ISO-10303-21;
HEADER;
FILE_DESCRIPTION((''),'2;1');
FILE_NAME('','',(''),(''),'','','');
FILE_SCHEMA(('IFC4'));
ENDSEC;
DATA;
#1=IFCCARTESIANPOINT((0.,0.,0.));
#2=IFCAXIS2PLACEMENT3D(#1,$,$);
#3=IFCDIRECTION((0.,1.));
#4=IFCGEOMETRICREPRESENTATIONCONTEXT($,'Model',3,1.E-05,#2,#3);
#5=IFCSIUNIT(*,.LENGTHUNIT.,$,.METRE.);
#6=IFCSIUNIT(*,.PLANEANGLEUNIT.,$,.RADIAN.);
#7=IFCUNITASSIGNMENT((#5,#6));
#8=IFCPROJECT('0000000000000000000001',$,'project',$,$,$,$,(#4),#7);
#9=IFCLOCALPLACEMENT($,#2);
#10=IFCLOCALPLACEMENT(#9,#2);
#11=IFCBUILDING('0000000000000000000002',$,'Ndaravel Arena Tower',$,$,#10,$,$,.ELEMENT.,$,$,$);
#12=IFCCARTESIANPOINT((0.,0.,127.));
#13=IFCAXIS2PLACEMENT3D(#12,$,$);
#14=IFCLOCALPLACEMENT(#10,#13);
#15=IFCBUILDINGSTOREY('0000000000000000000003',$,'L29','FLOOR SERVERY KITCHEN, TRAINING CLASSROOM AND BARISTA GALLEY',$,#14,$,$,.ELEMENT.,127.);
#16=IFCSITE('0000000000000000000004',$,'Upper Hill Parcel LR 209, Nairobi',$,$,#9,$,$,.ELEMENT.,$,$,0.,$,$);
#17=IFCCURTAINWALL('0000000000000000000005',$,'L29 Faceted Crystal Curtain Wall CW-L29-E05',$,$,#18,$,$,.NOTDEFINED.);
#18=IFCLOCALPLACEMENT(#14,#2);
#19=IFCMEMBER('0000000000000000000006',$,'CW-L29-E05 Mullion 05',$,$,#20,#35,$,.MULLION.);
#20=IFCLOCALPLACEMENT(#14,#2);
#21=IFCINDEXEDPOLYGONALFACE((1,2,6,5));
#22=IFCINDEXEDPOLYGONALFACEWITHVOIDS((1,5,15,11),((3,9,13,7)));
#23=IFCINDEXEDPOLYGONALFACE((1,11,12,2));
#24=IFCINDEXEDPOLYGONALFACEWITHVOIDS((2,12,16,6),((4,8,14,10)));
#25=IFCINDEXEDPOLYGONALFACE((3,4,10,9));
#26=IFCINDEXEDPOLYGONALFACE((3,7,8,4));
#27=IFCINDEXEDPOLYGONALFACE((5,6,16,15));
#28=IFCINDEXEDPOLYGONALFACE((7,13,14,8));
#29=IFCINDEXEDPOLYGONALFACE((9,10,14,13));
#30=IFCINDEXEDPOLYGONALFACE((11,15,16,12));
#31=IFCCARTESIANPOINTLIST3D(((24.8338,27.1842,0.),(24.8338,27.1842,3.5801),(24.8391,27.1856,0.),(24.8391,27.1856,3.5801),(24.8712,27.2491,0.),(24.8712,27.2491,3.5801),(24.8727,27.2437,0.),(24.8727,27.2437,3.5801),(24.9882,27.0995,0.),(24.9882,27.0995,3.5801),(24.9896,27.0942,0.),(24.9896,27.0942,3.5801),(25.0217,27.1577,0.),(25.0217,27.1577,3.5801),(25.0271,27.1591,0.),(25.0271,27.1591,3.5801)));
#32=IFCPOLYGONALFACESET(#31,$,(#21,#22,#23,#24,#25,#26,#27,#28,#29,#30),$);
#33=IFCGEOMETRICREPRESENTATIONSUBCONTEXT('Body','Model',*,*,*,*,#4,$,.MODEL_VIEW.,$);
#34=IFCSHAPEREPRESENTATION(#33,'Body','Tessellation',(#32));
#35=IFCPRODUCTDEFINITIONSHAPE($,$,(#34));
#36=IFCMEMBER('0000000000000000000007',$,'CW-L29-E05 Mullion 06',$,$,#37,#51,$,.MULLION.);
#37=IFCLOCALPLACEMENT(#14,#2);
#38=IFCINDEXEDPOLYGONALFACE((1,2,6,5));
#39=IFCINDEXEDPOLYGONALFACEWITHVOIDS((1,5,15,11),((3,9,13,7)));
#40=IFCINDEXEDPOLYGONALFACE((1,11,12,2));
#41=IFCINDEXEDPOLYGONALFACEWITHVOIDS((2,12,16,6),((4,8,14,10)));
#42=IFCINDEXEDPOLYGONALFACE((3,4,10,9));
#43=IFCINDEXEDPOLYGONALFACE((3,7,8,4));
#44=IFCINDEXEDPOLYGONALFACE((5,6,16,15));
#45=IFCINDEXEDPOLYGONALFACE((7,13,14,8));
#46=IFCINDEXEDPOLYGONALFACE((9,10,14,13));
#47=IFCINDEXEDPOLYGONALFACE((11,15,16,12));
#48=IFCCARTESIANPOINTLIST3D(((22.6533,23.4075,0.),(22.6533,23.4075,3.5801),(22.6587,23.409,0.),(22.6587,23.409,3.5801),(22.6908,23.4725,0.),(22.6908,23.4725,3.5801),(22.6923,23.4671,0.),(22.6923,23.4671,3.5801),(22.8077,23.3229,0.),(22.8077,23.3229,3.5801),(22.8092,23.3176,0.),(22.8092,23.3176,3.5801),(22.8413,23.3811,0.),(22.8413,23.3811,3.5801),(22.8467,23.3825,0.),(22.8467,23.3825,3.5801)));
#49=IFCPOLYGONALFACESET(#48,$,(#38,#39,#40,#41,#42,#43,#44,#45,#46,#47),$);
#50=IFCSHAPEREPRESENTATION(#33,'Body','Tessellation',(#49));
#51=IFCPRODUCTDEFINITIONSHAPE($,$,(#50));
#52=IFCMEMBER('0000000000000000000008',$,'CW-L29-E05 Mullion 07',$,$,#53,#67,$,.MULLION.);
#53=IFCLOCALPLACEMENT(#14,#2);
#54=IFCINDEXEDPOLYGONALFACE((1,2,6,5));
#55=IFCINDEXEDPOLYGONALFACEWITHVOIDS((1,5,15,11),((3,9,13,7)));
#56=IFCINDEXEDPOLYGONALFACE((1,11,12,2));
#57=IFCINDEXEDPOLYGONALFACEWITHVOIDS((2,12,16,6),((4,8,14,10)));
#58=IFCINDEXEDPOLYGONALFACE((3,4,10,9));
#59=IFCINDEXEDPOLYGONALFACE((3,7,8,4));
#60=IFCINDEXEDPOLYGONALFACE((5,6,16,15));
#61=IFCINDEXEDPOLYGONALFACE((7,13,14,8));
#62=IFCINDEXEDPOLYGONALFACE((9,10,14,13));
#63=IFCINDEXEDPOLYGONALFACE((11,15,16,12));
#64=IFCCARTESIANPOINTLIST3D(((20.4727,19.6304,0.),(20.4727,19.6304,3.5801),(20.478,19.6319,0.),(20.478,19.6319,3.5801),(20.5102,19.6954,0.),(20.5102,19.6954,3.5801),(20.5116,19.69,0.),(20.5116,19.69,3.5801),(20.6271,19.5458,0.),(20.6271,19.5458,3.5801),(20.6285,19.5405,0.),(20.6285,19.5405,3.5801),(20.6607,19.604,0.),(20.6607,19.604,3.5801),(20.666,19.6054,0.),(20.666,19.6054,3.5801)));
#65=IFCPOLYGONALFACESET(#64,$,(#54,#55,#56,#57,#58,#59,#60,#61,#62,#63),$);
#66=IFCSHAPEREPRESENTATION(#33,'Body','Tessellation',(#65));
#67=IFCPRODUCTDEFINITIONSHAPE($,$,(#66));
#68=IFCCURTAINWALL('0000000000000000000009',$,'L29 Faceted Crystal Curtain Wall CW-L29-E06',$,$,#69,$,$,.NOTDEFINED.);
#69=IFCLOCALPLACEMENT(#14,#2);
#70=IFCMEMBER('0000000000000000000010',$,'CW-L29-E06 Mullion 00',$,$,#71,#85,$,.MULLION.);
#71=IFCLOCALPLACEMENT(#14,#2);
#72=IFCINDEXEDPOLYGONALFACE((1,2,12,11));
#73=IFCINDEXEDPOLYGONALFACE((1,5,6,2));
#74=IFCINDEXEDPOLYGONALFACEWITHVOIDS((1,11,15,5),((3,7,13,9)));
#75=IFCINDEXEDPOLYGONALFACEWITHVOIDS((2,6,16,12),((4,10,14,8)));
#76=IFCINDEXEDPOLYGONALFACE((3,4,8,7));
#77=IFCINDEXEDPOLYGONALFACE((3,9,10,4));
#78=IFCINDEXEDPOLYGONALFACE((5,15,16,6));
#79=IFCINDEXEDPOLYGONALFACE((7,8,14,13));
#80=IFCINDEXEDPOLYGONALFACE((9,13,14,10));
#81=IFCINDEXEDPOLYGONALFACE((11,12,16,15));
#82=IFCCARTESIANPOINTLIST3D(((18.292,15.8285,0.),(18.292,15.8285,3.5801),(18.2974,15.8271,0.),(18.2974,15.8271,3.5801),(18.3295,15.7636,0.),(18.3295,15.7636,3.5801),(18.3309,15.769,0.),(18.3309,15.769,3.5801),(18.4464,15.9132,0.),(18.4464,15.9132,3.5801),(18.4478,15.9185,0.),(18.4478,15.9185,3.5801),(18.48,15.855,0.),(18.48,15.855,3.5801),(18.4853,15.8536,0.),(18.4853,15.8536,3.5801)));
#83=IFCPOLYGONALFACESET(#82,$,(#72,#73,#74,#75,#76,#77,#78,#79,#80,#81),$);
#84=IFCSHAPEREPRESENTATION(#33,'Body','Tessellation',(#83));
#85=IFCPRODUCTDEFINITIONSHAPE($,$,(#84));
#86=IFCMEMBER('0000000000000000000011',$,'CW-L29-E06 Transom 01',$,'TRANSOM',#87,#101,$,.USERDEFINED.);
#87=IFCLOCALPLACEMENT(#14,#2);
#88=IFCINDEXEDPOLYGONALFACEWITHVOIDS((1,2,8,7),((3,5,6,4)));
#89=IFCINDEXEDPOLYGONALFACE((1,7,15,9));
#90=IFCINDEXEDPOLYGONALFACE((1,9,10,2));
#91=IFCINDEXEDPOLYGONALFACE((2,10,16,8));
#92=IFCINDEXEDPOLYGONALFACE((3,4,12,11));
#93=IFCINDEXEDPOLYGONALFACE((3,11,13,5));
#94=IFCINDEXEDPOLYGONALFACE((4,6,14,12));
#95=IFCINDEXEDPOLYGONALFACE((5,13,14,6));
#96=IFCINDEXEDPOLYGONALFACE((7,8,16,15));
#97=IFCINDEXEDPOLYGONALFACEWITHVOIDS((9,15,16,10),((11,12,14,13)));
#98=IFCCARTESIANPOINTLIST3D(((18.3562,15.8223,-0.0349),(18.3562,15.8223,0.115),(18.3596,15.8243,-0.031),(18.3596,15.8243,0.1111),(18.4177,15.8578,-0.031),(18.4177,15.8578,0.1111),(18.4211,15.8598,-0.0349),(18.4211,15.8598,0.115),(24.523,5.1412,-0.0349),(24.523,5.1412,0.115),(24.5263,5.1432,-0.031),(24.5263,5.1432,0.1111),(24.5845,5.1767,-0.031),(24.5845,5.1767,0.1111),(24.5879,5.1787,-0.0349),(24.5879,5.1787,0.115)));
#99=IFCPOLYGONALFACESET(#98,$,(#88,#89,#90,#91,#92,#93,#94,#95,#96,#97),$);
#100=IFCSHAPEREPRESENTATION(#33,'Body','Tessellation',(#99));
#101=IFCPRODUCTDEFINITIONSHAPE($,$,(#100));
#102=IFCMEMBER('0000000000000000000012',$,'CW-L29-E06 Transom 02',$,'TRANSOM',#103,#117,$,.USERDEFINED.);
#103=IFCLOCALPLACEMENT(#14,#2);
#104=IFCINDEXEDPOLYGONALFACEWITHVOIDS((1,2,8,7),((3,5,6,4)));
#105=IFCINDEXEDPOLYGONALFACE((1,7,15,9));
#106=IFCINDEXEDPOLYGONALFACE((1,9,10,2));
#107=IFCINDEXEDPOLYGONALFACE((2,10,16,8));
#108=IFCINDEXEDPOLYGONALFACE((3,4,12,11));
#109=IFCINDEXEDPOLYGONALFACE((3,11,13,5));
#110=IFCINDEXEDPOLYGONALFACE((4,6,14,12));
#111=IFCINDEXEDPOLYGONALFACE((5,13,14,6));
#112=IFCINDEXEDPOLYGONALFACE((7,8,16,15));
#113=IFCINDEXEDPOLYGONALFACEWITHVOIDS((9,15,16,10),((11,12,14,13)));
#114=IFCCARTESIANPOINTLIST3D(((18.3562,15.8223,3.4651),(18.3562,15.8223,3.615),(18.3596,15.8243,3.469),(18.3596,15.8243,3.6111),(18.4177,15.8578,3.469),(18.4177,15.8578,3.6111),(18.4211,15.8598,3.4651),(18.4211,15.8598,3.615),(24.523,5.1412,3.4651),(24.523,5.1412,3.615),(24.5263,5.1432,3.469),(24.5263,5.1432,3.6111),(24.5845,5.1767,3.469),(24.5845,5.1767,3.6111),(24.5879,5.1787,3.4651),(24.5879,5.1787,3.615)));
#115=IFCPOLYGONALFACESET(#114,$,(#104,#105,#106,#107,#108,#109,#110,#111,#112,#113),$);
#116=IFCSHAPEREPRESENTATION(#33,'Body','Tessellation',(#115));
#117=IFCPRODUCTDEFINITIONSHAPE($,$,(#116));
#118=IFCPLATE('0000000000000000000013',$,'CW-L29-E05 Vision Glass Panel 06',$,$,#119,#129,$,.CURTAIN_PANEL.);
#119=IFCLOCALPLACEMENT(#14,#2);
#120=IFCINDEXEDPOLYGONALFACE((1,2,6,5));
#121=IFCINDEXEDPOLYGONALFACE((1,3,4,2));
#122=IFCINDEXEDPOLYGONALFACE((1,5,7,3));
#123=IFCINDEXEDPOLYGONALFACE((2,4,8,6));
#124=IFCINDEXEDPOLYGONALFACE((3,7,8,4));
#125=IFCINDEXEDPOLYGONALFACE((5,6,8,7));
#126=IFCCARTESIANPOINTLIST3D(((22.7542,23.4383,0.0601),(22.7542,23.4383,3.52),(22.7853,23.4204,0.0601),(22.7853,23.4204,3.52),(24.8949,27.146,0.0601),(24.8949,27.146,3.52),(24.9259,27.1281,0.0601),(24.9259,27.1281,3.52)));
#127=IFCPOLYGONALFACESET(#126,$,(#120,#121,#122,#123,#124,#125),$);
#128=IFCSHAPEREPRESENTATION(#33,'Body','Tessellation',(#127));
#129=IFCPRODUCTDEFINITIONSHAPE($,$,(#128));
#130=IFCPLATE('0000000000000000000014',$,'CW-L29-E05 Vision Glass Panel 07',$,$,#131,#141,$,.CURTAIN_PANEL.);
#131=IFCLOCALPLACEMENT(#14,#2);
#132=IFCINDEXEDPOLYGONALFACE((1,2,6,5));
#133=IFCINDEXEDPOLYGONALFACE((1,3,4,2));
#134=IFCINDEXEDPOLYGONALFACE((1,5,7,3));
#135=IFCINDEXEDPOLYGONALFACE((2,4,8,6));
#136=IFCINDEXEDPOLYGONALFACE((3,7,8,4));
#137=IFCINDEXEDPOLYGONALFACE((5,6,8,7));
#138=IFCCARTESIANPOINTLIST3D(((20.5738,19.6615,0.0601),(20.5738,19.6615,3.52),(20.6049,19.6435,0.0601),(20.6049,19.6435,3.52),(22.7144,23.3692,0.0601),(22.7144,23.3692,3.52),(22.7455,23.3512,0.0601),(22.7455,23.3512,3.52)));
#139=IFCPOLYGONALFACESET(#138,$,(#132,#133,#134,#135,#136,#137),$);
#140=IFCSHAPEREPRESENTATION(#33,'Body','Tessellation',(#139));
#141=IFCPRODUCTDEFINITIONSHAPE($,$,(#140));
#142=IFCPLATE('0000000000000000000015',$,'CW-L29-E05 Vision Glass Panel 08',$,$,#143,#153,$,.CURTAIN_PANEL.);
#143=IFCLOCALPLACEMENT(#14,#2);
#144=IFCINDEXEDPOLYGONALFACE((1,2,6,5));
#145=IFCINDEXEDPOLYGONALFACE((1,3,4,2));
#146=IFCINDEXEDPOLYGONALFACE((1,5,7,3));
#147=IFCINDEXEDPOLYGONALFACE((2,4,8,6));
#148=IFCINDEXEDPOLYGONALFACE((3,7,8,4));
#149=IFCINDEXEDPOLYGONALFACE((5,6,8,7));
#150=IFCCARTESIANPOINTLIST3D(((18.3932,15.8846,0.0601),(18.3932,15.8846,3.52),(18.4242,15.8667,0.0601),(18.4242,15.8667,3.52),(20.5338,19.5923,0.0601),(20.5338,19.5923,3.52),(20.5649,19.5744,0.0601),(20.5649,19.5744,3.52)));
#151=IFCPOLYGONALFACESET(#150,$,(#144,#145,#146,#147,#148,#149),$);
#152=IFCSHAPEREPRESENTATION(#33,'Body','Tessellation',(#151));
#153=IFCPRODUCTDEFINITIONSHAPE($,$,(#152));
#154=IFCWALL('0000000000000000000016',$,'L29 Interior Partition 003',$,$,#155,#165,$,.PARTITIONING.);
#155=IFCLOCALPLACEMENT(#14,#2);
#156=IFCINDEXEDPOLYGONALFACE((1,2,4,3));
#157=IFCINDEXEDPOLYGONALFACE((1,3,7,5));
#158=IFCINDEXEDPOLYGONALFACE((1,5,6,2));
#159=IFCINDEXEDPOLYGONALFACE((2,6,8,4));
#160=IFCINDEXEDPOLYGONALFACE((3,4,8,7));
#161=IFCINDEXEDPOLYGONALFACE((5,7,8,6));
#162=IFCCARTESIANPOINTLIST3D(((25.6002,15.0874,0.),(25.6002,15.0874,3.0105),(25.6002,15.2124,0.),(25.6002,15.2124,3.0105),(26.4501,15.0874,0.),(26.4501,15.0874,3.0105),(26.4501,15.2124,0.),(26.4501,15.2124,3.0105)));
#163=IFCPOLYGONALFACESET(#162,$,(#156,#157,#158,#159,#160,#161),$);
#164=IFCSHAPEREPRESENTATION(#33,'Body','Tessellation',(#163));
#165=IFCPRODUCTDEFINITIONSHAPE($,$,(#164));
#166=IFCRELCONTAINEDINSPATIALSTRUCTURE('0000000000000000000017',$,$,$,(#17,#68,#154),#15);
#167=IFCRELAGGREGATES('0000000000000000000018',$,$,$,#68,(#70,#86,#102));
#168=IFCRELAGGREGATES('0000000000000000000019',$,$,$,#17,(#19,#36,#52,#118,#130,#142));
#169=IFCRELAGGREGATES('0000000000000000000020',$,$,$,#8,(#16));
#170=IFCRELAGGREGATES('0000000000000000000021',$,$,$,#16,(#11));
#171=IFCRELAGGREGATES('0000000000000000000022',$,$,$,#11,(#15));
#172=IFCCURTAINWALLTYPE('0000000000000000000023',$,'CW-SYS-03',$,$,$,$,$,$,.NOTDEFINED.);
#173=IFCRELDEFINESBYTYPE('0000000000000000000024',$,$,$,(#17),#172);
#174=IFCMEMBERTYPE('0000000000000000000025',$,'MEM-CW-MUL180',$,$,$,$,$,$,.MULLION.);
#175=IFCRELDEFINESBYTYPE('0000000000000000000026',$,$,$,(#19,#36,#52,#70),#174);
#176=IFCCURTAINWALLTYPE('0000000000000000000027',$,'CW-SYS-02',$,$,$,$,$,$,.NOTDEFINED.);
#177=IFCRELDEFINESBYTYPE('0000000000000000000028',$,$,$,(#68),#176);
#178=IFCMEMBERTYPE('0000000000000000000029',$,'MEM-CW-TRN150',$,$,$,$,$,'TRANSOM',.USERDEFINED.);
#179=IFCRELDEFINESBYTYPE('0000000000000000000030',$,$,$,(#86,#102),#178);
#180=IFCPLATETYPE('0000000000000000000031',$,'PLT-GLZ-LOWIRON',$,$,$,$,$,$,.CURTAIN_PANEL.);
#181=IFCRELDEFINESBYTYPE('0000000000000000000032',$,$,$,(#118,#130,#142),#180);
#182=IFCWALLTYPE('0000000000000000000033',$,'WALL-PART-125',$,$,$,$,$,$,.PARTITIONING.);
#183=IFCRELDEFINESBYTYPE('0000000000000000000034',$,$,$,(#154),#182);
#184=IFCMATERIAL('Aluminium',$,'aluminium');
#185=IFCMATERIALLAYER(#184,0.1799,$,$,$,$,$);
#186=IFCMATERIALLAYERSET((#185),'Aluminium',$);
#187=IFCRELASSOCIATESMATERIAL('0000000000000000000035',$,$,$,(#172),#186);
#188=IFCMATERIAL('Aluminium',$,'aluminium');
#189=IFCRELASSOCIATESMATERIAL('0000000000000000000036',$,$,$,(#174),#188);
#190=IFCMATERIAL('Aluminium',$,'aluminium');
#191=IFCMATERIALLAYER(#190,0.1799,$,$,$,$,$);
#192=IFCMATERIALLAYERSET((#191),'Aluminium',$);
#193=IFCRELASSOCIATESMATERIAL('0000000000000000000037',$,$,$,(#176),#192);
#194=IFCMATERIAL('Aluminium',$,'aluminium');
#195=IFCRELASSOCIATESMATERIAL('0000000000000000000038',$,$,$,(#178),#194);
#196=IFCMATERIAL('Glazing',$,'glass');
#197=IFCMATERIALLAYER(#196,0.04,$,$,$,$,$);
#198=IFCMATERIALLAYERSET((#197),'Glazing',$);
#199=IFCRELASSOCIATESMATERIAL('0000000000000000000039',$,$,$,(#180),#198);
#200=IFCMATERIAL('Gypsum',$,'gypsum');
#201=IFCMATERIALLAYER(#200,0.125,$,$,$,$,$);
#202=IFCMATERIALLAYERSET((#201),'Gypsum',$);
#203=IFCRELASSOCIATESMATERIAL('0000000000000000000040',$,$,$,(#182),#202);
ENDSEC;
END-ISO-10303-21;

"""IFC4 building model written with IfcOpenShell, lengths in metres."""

from ifc_helpers import new_model, si_unit, direction, frame, frame_2d, origin, origin_2d, place, context, subcontext, project, spatial, rectangle, hollow_rectangle, extrude, material, layer, layer_set, material_profile, profile_set, type_object, element, aggregate, save


model = new_model("IFC4")

# Units and contexts
model_context = context("Model", 3, precision=1e-05, world=origin(), true_north=direction((0.0, 1.0)))
body_context = subcontext(model_context, "Body", "Model", "MODEL_VIEW")
ifc_project = project(units=[si_unit("LENGTHUNIT", "METRE"), si_unit("PLANEANGLEUNIT", "RADIAN")], contexts=[model_context])

# Site, building, storey
site_placement = place(None, origin())
site = spatial("IfcSite", under=ifc_project, at=site_placement, Name="Upper Hill Parcel LR 209, Nairobi", CompositionType="ELEMENT", RefElevation=0.0)
building_placement = place(site_placement, origin())
building = spatial("IfcBuilding", under=site, at=building_placement, Name="Ndaravel Arena Tower", CompositionType="ELEMENT")
storey_placement = place(building_placement, frame((0.0, 0.0, 127.0)))
storey = spatial("IfcBuildingStorey", under=building, at=storey_placement, Name="L29", Description="FLOOR SERVERY KITCHEN, TRAINING CLASSROOM AND BARISTA GALLEY", CompositionType="ELEMENT", Elevation=127.0)

# Curtain walls, members
ifc_material_1 = material(Name="Aluminium", Category="aluminium")
ifc_layer_1 = layer(ifc_material_1, 0.1799)
ifc_layer_set_1 = layer_set([ifc_layer_1], Name="Aluminium")
curtain_wall_type_1 = type_object("IfcCurtainWallType", Name="CW-SYS-03", PredefinedType="NOTDEFINED", material=ifc_layer_set_1)
curtain_wall_1_placement = place(storey_placement, origin())
curtain_wall_1 = element("IfcCurtainWall", 1, at=curtain_wall_1_placement, inside=storey, type_object=curtain_wall_type_1, Name="L29 Faceted Crystal Curtain Wall CW-L29-E05", PredefinedType="NOTDEFINED")
ifc_material_2 = material(Name="Aluminium", Category="aluminium")
ifc_material_profile_1 = material_profile(ifc_material_2, hollow_rectangle(XDim=0.075, YDim=0.1799, WallThickness=0.0039, at=origin_2d()), Name="CW MULLION 75x180x4")
ifc_profile_set_1 = profile_set([ifc_material_profile_1], Name="Aluminium")
member_type_1 = type_object("IfcMemberType", Name="MEM-CW-MUL180", PredefinedType="MULLION", material=ifc_profile_set_1)
member_1_placement = place(storey_placement, frame((24.9304, 27.1716, 0.0), z_axis=(0.0, 0.0, 1.0), x_axis=(-0.5, -0.866025, 0.0)))
member_1 = element("IfcMember", 2, at=member_1_placement, type_object=member_type_1, Name="CW-L29-E05 Mullion 05", PredefinedType="MULLION", context=body_context, shape_type="SweptSolid", body=[
    extrude(hollow_rectangle(XDim=0.075, YDim=0.1799, WallThickness=0.0039, at=origin_2d()), origin(), (0.0, 0.0, 1.0), 3.5801),
])
member_2_placement = place(storey_placement, frame((22.75, 23.395, 0.0), z_axis=(0.0, 0.0, 1.0), x_axis=(-0.5, -0.866025, 0.0)))
member_2 = element("IfcMember", 3, at=member_2_placement, type_object=member_type_1, Name="CW-L29-E05 Mullion 06", PredefinedType="MULLION", context=body_context, shape_type="SweptSolid", body=[
    extrude(hollow_rectangle(XDim=0.075, YDim=0.1799, WallThickness=0.0039, at=origin_2d()), origin(), (0.0, 0.0, 1.0), 3.5801),
])
member_3_placement = place(storey_placement, frame((20.5693, 19.6179, 0.0), z_axis=(0.0, 0.0, 1.0), x_axis=(-0.5, -0.866025, 0.0)))
member_3 = element("IfcMember", 4, at=member_3_placement, type_object=member_type_1, Name="CW-L29-E05 Mullion 07", PredefinedType="MULLION", context=body_context, shape_type="SweptSolid", body=[
    extrude(hollow_rectangle(XDim=0.075, YDim=0.1799, WallThickness=0.0039, at=origin_2d()), origin(), (0.0, 0.0, 1.0), 3.5801),
])
ifc_material_3 = material(Name="Aluminium", Category="aluminium")
ifc_layer_2 = layer(ifc_material_3, 0.1799)
ifc_layer_set_2 = layer_set([ifc_layer_2], Name="Aluminium")
curtain_wall_type_2 = type_object("IfcCurtainWallType", Name="CW-SYS-02", PredefinedType="NOTDEFINED", material=ifc_layer_set_2)
curtain_wall_2_placement = place(storey_placement, origin())
curtain_wall_2 = element("IfcCurtainWall", 5, at=curtain_wall_2_placement, inside=storey, type_object=curtain_wall_type_2, Name="L29 Faceted Crystal Curtain Wall CW-L29-E06", PredefinedType="NOTDEFINED")
member_4_placement = place(storey_placement, frame((18.3887, 15.8411, 0.0), z_axis=(0.0, 0.0, 1.0), x_axis=(0.5, -0.866025, 0.0)))
member_4 = element("IfcMember", 6, at=member_4_placement, type_object=member_type_1, Name="CW-L29-E06 Mullion 00", PredefinedType="MULLION", context=body_context, shape_type="SweptSolid", body=[
    extrude(hollow_rectangle(XDim=0.075, YDim=0.1799, WallThickness=0.0039, at=origin_2d()), origin(), (0.0, 0.0, 1.0), 3.5801),
])
ifc_material_4 = material(Name="Aluminium", Category="aluminium")
ifc_material_profile_2 = material_profile(ifc_material_4, hollow_rectangle(XDim=0.075, YDim=0.1499, WallThickness=0.0039, at=origin_2d()), Name="CW TRANSOM 75x150x4")
ifc_profile_set_2 = profile_set([ifc_material_profile_2], Name="Aluminium")
member_type_2 = type_object("IfcMemberType", Name="MEM-CW-TRN150", ElementType="TRANSOM", PredefinedType="USERDEFINED", material=ifc_profile_set_2)
member_5_placement = place(storey_placement, frame((18.3887, 15.8411, 0.04), z_axis=(0.499999, -0.866026, 0.0), x_axis=(0.866026, 0.499999, 0.0)))
member_5 = element("IfcMember", 7, at=member_5_placement, type_object=member_type_2, Name="CW-L29-E06 Transom 01", ObjectType="TRANSOM", PredefinedType="USERDEFINED", context=body_context, shape_type="SweptSolid", body=[
    extrude(hollow_rectangle(XDim=0.075, YDim=0.1499, WallThickness=0.0039, at=origin_2d()), origin(), (0.0, 0.0, 1.0), 12.3335),
])
member_6_placement = place(storey_placement, frame((18.3887, 15.8411, 3.54), z_axis=(0.499999, -0.866026, 0.0), x_axis=(0.866026, 0.499999, 0.0)))
member_6 = element("IfcMember", 8, at=member_6_placement, type_object=member_type_2, Name="CW-L29-E06 Transom 02", ObjectType="TRANSOM", PredefinedType="USERDEFINED", context=body_context, shape_type="SweptSolid", body=[
    extrude(hollow_rectangle(XDim=0.075, YDim=0.1499, WallThickness=0.0039, at=origin_2d()), origin(), (0.0, 0.0, 1.0), 12.3335),
])
aggregate(curtain_wall_2, [member_4, member_5, member_6])

# Plates
ifc_material_5 = material(Name="Glazing", Category="glass")
ifc_layer_3 = layer(ifc_material_5, 0.04)
ifc_layer_set_3 = layer_set([ifc_layer_3], Name="Glazing")
plate_type = type_object("IfcPlateType", Name="PLT-GLZ-LOWIRON", PredefinedType="CURTAIN_PANEL", material=ifc_layer_set_3)
plate_1_placement = place(storey_placement, frame((23.8401, 25.2832, 0.0601), z_axis=(0.0, 0.0, 1.0), x_axis=(-0.5, -0.866025, 0.0)))
plate_1 = element("IfcPlate", 9, at=plate_1_placement, type_object=plate_type, Name="CW-L29-E05 Vision Glass Panel 06", PredefinedType="CURTAIN_PANEL", context=body_context, shape_type="SweptSolid", body=[
    extrude(rectangle(XDim=4.2812, YDim=0.0359, at=origin_2d()), origin(), (0.0, 0.0, 1.0), 3.46),
])
plate_2_placement = place(storey_placement, frame((21.6597, 21.5063, 0.0601), z_axis=(0.0, 0.0, 1.0), x_axis=(-0.5, -0.866025, 0.0)))
plate_2 = element("IfcPlate", 10, at=plate_2_placement, type_object=plate_type, Name="CW-L29-E05 Vision Glass Panel 07", PredefinedType="CURTAIN_PANEL", context=body_context, shape_type="SweptSolid", body=[
    extrude(rectangle(XDim=4.2812, YDim=0.0359, at=origin_2d()), origin(), (0.0, 0.0, 1.0), 3.46),
])
plate_3_placement = place(storey_placement, frame((19.479, 17.7295, 0.0601), z_axis=(0.0, 0.0, 1.0), x_axis=(-0.5, -0.866025, 0.0)))
plate_3 = element("IfcPlate", 11, at=plate_3_placement, type_object=plate_type, Name="CW-L29-E05 Vision Glass Panel 08", PredefinedType="CURTAIN_PANEL", context=body_context, shape_type="SweptSolid", body=[
    extrude(rectangle(XDim=4.2812, YDim=0.0359, at=origin_2d()), origin(), (0.0, 0.0, 1.0), 3.46),
])
aggregate(curtain_wall_1, [member_1, member_2, member_3, plate_1, plate_2, plate_3])

# Wall
ifc_material_6 = material(Name="Gypsum", Category="gypsum")
ifc_layer_4 = layer(ifc_material_6, 0.125)
ifc_layer_set_4 = layer_set([ifc_layer_4], Name="Gypsum")
wall_type = type_object("IfcWallType", Name="WALL-PART-125", PredefinedType="PARTITIONING", material=ifc_layer_set_4)
wall_1_placement = place(storey_placement, frame((26.45, 15.1499, 0.0), z_axis=(0.0, 0.0, 1.0), x_axis=(-1.0, 0.0, 0.0)))
element("IfcWall", 12, at=wall_1_placement, inside=storey, type_object=wall_type, Name="L29 Interior Partition 003", PredefinedType="PARTITIONING", context=body_context, shape_type="SweptSolid", body=[
    extrude(rectangle(XDim=0.8499, YDim=0.125, at=frame_2d((0.4248, 0.0))), origin(), (0.0, 0.0, 1.0), 3.0105),
])

save(model, "model.ifc")
